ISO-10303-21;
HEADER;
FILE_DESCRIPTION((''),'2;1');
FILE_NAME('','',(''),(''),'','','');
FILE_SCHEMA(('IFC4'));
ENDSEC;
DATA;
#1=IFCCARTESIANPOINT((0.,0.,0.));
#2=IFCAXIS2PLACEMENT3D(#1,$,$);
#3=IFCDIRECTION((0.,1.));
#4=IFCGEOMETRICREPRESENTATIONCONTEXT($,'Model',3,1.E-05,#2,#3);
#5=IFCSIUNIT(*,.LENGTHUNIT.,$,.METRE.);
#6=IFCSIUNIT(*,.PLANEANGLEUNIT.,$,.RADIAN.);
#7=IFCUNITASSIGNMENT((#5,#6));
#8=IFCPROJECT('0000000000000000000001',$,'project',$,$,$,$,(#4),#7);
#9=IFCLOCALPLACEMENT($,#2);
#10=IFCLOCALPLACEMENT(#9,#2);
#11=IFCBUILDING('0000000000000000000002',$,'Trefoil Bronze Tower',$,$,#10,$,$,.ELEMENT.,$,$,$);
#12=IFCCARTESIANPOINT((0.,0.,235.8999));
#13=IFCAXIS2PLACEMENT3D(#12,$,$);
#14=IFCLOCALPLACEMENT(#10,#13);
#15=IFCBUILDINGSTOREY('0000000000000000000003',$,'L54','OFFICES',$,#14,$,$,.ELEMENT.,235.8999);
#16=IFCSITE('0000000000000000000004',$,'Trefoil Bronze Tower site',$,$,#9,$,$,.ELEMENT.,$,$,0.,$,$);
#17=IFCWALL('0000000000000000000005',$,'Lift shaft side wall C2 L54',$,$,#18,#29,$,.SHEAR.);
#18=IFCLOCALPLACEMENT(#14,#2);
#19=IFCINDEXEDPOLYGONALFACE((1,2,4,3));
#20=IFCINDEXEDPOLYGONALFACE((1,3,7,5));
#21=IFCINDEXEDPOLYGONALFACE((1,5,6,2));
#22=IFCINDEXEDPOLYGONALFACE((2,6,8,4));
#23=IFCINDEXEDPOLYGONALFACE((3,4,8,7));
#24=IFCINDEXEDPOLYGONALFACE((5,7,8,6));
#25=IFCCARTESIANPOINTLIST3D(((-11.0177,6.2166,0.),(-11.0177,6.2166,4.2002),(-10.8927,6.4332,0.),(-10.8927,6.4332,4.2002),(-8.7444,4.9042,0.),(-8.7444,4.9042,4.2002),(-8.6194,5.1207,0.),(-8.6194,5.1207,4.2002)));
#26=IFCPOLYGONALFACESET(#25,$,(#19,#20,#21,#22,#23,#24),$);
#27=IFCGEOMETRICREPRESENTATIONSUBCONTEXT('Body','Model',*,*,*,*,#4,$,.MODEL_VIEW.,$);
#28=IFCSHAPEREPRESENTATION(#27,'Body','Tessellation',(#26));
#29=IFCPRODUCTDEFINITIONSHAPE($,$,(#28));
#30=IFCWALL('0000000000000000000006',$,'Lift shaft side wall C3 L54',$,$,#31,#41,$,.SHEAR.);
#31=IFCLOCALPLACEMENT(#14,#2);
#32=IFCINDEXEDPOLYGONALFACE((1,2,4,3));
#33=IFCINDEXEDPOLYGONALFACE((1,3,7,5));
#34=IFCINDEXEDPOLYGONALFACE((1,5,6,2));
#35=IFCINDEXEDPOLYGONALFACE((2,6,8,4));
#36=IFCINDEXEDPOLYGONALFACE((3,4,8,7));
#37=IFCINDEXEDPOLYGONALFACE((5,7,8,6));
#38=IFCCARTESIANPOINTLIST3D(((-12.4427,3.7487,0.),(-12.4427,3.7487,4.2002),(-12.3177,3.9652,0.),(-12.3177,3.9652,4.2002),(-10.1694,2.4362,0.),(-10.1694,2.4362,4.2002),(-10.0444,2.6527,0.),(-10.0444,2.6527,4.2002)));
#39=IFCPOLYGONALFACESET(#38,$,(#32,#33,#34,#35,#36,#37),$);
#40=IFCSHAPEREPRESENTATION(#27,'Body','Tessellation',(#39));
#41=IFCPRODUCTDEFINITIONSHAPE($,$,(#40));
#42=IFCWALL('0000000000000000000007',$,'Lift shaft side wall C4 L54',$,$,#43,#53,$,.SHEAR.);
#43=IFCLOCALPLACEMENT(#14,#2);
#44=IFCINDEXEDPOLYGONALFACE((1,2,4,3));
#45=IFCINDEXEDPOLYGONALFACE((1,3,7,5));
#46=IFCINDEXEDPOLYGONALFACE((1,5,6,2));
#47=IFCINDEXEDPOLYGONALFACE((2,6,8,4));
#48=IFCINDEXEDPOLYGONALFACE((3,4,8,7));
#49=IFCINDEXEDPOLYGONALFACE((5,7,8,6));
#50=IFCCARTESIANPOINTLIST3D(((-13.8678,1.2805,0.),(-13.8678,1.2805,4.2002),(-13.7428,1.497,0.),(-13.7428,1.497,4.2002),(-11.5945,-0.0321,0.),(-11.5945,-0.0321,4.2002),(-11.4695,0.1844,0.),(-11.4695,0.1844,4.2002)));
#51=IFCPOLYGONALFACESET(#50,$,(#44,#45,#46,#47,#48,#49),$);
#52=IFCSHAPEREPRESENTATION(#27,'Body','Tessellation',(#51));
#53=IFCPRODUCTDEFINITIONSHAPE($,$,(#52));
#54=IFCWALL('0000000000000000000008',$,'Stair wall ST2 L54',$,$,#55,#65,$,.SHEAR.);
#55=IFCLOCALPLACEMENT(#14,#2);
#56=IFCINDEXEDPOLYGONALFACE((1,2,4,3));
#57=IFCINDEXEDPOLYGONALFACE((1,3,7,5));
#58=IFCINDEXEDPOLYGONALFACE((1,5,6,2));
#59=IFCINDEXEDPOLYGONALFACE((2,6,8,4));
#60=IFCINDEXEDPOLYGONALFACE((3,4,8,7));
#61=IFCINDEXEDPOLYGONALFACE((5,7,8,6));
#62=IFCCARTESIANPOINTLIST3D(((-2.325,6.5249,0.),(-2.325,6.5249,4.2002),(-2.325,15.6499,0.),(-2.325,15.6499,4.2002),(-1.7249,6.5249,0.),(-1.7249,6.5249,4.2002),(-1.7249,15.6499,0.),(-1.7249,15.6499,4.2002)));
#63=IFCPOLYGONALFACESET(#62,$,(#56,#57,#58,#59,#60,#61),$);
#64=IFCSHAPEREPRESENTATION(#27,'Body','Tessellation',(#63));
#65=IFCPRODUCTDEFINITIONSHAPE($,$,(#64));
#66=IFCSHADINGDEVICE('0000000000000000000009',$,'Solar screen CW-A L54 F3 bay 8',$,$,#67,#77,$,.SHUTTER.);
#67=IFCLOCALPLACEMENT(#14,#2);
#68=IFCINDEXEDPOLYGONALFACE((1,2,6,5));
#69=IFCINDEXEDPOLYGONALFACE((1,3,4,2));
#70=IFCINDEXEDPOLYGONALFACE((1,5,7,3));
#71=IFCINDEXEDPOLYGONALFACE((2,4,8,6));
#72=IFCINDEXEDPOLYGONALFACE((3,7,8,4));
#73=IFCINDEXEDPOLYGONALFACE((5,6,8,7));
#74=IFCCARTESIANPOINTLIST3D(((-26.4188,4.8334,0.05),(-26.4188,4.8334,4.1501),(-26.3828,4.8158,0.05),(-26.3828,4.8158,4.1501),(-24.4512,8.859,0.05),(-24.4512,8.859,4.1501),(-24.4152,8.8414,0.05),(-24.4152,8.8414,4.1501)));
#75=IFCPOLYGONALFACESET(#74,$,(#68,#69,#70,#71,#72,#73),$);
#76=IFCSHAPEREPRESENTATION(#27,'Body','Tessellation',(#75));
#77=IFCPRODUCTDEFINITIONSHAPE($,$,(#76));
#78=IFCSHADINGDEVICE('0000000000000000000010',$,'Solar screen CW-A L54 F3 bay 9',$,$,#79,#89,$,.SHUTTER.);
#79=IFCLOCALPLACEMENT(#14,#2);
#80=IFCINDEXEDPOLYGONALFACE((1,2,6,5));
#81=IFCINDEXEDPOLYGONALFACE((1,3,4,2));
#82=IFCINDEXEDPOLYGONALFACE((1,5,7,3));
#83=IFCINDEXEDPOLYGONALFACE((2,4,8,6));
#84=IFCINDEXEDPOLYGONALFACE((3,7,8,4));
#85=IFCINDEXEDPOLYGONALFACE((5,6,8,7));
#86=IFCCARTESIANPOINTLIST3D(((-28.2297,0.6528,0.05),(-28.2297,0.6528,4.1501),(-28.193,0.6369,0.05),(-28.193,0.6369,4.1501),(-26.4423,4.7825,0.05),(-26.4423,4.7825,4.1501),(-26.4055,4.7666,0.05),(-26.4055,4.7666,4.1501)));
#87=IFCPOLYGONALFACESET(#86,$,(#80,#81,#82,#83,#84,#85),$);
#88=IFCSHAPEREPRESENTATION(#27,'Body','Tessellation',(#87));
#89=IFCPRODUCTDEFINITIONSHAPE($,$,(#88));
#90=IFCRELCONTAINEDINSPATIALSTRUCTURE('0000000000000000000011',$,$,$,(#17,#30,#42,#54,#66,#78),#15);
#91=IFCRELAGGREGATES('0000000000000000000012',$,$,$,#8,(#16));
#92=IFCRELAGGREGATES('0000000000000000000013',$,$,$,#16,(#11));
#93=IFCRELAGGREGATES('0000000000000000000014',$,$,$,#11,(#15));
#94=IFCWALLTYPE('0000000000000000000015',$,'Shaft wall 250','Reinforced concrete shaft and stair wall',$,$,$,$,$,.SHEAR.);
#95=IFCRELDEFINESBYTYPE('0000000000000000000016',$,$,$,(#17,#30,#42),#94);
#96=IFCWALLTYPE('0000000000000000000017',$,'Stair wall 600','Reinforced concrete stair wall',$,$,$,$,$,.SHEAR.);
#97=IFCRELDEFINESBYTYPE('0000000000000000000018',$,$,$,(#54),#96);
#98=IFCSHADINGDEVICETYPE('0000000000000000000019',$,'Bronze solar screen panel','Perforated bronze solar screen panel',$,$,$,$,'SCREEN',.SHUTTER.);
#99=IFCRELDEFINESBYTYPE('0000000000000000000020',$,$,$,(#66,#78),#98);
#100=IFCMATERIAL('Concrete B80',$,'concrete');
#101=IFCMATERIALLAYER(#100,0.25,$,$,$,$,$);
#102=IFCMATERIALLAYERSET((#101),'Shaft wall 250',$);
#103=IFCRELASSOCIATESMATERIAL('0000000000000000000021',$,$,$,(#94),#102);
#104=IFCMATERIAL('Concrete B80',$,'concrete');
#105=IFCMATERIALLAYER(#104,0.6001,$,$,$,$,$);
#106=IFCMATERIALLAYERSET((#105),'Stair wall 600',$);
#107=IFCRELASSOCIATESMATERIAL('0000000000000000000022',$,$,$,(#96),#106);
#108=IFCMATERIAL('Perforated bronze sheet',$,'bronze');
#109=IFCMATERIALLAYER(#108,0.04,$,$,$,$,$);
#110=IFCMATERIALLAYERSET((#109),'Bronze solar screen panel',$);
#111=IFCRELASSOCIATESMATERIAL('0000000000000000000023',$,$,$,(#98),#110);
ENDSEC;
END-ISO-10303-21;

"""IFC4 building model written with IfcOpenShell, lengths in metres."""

from ifc_helpers import new_model, si_unit, direction, frame, frame_2d, origin, origin_2d, place, context, subcontext, project, spatial, rectangle, extrude, material, layer, layer_set, type_object, element, save


model = new_model("IFC4")

# Units and contexts
model_context = context("Model", 3, precision=1e-05, world=origin(), true_north=direction((0.0, 1.0)))
body_context = subcontext(model_context, "Body", "Model", "MODEL_VIEW")
ifc_project = project(units=[si_unit("LENGTHUNIT", "METRE"), si_unit("PLANEANGLEUNIT", "RADIAN")], contexts=[model_context])

# Site, building, storey
site_placement = place(None, origin())
site = spatial("IfcSite", under=ifc_project, at=site_placement, Name="Trefoil Bronze Tower site", CompositionType="ELEMENT", RefElevation=0.0)
building_placement = place(site_placement, origin())
building = spatial("IfcBuilding", under=site, at=building_placement, Name="Trefoil Bronze Tower", CompositionType="ELEMENT")
storey_placement = place(building_placement, frame((0.0, 0.0, 235.8999)))
storey = spatial("IfcBuildingStorey", under=building, at=storey_placement, Name="L54", Description="OFFICES", CompositionType="ELEMENT", Elevation=235.8999)

# Shared definitions
ifc_material_1 = material(Name="Concrete B80", Category="concrete")
ifc_layer_1 = layer(ifc_material_1, 0.25)
ifc_layer_set_1 = layer_set([ifc_layer_1], Name="Shaft wall 250")
wall_type_1 = type_object("IfcWallType", Name="Shaft wall 250", Description="Reinforced concrete shaft and stair wall", PredefinedType="SHEAR", material=ifc_layer_set_1)

# Walls
for number, where, z_axis, x_axis, name in (
    (1, (-8.6819, 5.0125, 0.0), (0.0, 0.0, 1.0), (-0.866037, 0.49998, 0.0), "Lift shaft side wall C2 L54"),
    (2, (-10.1069, 2.5444, 0.0), (0.0, 0.0, 1.0), (-0.866014, 0.50002, 0.0), "Lift shaft side wall C3 L54"),
    (3, (-11.532, 0.0762, 0.0), (0.0, 0.0, 1.0), (-0.866014, 0.50002, 0.0), "Lift shaft side wall C4 L54"),
):
    element("IfcWall", number, at=place(storey_placement, frame(where, z_axis=z_axis, x_axis=x_axis)), inside=storey, type_object=wall_type_1, Name=name, PredefinedType="SHEAR", context=body_context, shape_type="SweptSolid", body=[
        extrude(rectangle(XDim=2.625, YDim=0.25, at=frame_2d((1.3125, 0.0))), origin(), (0.0, 0.0, 1.0), 4.2002),
    ])
ifc_material_2 = material(Name="Concrete B80", Category="concrete")
ifc_layer_2 = layer(ifc_material_2, 0.6001)
ifc_layer_set_2 = layer_set([ifc_layer_2], Name="Stair wall 600")
wall_type_2 = type_object("IfcWallType", Name="Stair wall 600", Description="Reinforced concrete stair wall", PredefinedType="SHEAR", material=ifc_layer_set_2)
wall_1_placement = place(storey_placement, frame((-2.0249, 6.5249, 0.0), z_axis=(0.0, 0.0, 1.0), x_axis=(0.0, 1.0, 0.0)))
element("IfcWall", 4, at=wall_1_placement, inside=storey, type_object=wall_type_2, Name="Stair wall ST2 L54", PredefinedType="SHEAR", context=body_context, shape_type="SweptSolid", body=[
    extrude(rectangle(XDim=9.125, YDim=0.6001, at=frame_2d((4.5625, 0.0))), origin(), (0.0, 0.0, 1.0), 4.2002),
])

# Shading devices
ifc_material_3 = material(Name="Perforated bronze sheet", Category="bronze")
ifc_layer_3 = layer(ifc_material_3, 0.04)
ifc_layer_set_3 = layer_set([ifc_layer_3], Name="Bronze solar screen panel")
shading_device_type = type_object("IfcShadingDeviceType", Name="Bronze solar screen panel", Description="Perforated bronze solar screen panel", ElementType="SCREEN", PredefinedType="SHUTTER", material=ifc_layer_set_3)
shading_device_1_placement = place(storey_placement, frame((-25.417, 6.8374, 0.05), z_axis=(0.0, 0.0, 1.0), x_axis=(-0.439129, -0.898424, 0.0)))
element("IfcShadingDevice", 5, at=shading_device_1_placement, inside=storey, type_object=shading_device_type, Name="Solar screen CW-A L54 F3 bay 8", PredefinedType="SHUTTER", context=body_context, shape_type="SweptSolid", body=[
    extrude(rectangle(XDim=4.4807, YDim=0.04, at=origin_2d()), origin(), (0.0, 0.0, 1.0), 4.1001),
])
shading_device_2_placement = place(storey_placement, frame((-27.3176, 2.7097, 0.05), z_axis=(0.0, 0.0, 1.0), x_axis=(-0.39722, -0.917723, 0.0)))
element("IfcShadingDevice", 6, at=shading_device_2_placement, inside=storey, type_object=shading_device_type, Name="Solar screen CW-A L54 F3 bay 9", PredefinedType="SHUTTER", context=body_context, shape_type="SweptSolid", body=[
    extrude(rectangle(XDim=4.5, YDim=0.04, at=origin_2d()), origin(), (0.0, 0.0, 1.0), 4.1001),
])

save(model, "model.ifc")
